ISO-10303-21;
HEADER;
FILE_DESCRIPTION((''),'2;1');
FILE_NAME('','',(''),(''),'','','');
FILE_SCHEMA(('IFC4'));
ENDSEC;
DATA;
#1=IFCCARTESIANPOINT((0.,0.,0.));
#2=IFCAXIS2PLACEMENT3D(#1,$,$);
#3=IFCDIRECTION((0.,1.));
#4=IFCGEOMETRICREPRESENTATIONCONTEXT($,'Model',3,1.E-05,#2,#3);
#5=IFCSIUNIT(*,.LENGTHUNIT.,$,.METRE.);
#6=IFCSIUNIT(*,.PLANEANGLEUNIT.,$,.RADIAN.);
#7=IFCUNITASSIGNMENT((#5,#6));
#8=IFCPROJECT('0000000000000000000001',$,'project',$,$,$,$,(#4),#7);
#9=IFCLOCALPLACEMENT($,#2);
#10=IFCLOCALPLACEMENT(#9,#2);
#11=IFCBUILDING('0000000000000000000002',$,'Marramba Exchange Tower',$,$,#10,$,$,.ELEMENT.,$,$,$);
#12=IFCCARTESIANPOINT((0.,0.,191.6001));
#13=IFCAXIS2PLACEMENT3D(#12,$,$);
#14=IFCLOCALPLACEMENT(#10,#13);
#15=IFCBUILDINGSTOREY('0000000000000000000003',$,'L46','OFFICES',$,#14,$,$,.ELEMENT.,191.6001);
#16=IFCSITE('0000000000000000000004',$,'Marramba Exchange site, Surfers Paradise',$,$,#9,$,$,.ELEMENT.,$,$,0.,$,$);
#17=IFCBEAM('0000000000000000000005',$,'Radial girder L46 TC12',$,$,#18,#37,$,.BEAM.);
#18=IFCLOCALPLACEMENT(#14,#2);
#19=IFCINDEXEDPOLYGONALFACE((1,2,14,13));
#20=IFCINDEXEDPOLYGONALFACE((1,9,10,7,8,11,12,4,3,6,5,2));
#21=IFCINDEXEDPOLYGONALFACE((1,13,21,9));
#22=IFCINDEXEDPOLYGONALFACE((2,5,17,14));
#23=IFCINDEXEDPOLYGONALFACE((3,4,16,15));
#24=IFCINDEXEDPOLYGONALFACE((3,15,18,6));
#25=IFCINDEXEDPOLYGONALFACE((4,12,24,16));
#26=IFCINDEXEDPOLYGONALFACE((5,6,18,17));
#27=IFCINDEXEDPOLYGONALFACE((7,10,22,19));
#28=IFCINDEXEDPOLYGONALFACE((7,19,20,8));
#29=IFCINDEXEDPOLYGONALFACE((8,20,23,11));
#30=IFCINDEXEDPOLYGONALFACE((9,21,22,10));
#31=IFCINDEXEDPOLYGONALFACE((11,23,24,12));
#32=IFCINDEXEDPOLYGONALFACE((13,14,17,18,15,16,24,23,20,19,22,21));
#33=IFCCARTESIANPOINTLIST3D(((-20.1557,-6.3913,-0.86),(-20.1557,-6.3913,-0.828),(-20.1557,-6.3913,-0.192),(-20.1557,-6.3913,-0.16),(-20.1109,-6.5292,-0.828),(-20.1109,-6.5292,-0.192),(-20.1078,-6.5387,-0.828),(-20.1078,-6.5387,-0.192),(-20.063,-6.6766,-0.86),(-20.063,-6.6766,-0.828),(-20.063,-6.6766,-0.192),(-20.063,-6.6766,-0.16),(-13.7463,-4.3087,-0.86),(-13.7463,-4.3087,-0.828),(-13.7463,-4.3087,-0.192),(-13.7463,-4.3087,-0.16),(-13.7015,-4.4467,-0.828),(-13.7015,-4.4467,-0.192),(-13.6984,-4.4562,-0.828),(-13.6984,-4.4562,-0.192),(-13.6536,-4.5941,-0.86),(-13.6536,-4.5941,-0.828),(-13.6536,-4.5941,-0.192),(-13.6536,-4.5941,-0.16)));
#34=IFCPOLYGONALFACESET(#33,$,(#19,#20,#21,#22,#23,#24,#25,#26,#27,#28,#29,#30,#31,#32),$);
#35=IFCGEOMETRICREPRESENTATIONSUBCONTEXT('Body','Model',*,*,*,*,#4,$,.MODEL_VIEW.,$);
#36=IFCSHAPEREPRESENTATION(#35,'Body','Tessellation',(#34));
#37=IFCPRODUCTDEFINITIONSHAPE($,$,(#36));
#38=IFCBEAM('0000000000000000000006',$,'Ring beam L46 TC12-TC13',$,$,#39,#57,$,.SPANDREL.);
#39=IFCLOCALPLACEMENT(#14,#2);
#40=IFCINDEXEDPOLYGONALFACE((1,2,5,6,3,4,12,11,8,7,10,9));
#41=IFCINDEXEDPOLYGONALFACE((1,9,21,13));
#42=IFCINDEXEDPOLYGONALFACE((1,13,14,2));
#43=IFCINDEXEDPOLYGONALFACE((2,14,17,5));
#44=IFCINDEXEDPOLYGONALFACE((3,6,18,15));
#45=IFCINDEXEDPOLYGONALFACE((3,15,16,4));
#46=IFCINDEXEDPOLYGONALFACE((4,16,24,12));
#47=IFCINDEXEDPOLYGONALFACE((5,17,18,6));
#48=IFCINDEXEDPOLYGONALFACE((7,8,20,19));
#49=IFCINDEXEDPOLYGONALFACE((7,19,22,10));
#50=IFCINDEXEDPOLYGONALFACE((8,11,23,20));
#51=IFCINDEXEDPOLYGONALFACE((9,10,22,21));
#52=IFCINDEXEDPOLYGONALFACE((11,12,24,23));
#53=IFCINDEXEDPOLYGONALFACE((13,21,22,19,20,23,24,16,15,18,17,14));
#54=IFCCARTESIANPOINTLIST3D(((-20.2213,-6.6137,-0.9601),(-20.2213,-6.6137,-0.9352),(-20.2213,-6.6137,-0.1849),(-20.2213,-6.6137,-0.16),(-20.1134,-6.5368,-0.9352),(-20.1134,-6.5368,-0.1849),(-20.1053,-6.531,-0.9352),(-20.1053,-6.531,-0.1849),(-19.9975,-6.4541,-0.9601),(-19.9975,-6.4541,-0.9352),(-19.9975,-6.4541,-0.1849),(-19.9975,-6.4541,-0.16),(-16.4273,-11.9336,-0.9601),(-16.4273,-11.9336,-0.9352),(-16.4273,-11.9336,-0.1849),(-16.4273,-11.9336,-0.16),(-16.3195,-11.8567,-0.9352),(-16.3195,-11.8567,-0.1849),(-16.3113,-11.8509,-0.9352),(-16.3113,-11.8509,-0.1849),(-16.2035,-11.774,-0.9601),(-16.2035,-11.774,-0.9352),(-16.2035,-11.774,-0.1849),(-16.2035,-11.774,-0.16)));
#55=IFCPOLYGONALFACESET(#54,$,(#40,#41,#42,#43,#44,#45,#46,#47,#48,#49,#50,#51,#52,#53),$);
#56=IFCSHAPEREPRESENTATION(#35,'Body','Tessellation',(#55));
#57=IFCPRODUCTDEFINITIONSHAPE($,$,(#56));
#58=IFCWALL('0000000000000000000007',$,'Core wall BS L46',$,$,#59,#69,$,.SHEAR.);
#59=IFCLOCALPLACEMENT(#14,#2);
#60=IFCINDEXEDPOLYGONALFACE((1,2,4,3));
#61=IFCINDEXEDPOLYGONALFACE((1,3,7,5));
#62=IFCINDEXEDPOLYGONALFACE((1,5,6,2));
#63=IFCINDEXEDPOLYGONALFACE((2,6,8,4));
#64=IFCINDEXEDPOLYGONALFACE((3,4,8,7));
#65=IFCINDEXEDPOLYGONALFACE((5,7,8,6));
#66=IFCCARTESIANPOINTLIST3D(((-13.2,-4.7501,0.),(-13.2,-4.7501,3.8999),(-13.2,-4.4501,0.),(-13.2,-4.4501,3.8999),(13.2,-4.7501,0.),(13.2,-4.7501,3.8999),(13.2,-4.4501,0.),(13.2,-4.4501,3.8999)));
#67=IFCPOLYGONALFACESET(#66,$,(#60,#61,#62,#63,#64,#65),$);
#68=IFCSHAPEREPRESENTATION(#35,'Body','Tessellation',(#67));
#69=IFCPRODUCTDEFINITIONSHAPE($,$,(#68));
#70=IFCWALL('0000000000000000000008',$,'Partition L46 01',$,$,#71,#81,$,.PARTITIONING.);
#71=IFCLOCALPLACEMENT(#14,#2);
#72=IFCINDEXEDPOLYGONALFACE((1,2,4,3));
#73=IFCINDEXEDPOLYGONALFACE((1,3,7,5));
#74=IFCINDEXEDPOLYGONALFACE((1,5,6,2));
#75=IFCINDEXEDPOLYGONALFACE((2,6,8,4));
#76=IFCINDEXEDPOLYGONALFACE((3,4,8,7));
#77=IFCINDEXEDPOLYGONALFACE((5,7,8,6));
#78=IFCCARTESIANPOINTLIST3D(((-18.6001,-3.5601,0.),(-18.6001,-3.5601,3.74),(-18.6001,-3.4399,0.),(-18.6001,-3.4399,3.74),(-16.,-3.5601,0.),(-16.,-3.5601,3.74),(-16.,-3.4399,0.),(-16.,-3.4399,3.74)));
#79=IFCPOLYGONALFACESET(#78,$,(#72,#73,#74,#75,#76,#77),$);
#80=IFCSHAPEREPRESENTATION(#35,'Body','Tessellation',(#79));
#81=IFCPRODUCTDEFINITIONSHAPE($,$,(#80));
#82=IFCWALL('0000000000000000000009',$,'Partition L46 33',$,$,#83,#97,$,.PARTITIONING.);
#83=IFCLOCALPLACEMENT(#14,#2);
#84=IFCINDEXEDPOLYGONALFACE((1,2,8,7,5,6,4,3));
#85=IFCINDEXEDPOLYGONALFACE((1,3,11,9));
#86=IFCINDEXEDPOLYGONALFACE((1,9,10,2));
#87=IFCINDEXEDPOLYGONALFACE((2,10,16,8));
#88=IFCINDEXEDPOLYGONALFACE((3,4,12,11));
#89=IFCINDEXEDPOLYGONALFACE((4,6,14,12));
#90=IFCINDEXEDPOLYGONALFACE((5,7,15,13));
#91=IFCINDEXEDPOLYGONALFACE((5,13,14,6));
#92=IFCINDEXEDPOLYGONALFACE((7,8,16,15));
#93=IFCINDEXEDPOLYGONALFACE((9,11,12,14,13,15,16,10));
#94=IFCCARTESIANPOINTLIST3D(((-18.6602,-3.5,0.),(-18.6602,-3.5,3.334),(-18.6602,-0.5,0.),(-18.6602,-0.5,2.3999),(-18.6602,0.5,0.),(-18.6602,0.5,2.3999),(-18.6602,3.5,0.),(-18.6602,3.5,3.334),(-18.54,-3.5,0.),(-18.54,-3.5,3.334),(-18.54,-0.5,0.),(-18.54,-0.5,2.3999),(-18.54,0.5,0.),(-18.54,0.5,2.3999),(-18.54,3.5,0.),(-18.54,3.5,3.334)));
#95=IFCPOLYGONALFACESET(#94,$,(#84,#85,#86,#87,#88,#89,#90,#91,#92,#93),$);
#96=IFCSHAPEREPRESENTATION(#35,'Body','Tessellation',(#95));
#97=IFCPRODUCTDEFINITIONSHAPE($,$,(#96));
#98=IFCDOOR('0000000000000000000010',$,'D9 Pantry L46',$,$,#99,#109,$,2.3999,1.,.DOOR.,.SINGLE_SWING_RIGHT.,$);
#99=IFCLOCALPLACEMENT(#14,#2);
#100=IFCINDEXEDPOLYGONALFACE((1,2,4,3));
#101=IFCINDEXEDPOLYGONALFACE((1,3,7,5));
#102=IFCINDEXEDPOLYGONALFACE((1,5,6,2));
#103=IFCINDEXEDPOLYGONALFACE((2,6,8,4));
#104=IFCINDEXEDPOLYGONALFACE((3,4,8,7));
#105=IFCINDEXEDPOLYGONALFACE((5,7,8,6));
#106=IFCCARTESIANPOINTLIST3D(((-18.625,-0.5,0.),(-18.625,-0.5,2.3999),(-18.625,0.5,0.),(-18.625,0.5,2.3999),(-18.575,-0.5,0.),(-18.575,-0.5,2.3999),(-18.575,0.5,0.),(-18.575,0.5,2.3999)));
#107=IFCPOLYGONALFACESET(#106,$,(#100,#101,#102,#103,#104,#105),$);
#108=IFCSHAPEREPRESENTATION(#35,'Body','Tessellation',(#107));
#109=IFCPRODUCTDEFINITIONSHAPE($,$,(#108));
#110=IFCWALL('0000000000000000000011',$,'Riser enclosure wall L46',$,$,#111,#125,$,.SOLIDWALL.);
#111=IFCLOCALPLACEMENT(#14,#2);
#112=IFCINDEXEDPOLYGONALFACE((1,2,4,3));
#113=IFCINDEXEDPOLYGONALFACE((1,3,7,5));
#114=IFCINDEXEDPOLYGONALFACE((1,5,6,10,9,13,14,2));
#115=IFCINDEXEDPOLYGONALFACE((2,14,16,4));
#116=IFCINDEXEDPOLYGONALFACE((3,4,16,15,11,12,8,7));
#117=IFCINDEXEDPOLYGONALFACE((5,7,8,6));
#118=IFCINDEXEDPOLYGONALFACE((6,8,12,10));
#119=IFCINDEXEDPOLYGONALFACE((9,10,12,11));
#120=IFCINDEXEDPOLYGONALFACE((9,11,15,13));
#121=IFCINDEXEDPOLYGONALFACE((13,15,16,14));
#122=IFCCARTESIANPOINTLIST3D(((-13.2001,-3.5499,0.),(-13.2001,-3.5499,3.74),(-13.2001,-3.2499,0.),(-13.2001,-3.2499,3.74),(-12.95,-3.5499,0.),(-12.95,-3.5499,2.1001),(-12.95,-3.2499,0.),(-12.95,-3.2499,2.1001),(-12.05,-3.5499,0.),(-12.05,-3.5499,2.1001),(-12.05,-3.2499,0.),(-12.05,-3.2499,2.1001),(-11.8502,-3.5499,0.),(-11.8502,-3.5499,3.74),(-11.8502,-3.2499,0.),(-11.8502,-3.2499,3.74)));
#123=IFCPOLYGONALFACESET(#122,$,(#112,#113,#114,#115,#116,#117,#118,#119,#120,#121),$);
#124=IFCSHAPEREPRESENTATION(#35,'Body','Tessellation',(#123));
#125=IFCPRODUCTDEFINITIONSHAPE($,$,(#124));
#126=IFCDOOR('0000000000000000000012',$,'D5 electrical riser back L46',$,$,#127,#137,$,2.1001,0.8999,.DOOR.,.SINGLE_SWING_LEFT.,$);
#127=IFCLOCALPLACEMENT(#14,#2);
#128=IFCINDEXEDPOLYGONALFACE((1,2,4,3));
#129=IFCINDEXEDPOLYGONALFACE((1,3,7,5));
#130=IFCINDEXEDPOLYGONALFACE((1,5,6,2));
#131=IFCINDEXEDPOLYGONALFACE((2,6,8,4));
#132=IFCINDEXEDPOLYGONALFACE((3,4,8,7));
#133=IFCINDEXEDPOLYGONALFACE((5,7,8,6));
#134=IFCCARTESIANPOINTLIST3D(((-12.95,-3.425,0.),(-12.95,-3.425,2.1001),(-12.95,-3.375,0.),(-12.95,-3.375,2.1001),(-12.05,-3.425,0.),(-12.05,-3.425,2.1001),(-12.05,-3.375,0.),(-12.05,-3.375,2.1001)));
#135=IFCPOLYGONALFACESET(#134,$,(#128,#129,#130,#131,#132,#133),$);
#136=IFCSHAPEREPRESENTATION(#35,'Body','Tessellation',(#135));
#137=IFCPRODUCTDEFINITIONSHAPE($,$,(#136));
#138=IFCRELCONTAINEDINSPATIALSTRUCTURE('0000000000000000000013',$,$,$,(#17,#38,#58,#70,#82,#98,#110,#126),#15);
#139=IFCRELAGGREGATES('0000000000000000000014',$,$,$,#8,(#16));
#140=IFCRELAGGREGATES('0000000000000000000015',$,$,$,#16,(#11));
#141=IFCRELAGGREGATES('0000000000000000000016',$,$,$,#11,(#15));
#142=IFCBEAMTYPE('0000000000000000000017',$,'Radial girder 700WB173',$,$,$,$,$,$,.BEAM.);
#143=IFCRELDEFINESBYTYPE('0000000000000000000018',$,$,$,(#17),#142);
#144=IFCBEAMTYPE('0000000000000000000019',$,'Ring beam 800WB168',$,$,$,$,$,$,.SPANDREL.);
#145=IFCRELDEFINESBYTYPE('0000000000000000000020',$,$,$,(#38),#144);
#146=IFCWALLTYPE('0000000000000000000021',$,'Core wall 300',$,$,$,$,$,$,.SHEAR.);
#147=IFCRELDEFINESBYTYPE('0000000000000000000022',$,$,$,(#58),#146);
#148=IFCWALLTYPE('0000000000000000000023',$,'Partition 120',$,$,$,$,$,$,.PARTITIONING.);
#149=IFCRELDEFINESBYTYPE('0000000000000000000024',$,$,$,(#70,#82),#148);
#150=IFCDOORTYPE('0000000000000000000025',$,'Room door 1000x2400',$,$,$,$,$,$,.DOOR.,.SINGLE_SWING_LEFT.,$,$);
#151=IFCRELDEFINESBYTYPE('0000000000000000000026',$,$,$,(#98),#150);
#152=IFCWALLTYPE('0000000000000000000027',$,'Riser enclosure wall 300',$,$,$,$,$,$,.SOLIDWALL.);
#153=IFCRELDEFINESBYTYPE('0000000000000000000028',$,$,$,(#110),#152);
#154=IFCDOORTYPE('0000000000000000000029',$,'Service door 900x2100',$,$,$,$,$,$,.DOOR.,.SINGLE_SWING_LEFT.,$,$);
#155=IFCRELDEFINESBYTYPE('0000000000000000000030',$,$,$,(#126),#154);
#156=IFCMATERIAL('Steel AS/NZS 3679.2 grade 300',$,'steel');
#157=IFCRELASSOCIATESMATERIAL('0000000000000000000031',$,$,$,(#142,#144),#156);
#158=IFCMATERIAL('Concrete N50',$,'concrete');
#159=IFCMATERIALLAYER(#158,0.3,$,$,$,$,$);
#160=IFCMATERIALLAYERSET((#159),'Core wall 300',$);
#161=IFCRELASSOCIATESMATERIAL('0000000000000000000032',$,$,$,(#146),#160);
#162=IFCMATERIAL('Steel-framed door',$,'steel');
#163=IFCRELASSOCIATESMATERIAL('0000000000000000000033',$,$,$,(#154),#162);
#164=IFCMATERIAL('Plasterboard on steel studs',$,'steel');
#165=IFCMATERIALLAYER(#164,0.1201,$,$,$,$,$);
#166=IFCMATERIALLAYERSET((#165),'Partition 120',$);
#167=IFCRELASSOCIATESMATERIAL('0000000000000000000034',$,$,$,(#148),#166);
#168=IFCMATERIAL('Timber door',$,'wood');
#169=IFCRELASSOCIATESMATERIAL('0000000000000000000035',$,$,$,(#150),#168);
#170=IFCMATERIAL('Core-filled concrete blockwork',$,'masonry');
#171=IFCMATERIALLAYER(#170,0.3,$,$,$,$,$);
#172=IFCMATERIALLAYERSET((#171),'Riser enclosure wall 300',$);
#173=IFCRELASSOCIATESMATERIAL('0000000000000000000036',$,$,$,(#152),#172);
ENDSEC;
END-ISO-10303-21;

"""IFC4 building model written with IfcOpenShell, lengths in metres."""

from ifc_helpers import new_model, si_unit, direction, frame, frame_2d, origin, origin_2d, place, context, subcontext, project, spatial, rectangle, i_section, extrude, material, layer, layer_set, material_profile, profile_set, type_object, element, fill, save


model = new_model("IFC4")

# Units and contexts
model_context = context("Model", 3, precision=1e-05, world=origin(), true_north=direction((0.0, 1.0)))
body_context = subcontext(model_context, "Body", "Model", "MODEL_VIEW")
ifc_project = project(units=[si_unit("LENGTHUNIT", "METRE"), si_unit("PLANEANGLEUNIT", "RADIAN")], contexts=[model_context])

# Site, building, storey
site_placement = place(None, origin())
site = spatial("IfcSite", under=ifc_project, at=site_placement, Name="Marramba Exchange site, Surfers Paradise", CompositionType="ELEMENT", RefElevation=0.0)
building_placement = place(site_placement, origin())
building = spatial("IfcBuilding", under=site, at=building_placement, Name="Marramba Exchange Tower", CompositionType="ELEMENT")
storey_placement = place(building_placement, frame((0.0, 0.0, 191.6001)))
storey = spatial("IfcBuildingStorey", under=building, at=storey_placement, Name="L46", Description="OFFICES", CompositionType="ELEMENT", Elevation=191.6001)

# Shared definitions
ifc_material_1 = material(Name="Concrete N50", Category="concrete")

# Beams
ifc_material_2 = material(Name="Steel AS/NZS 3679.2 grade 300", Category="steel")
ifc_material_profile_1 = material_profile(ifc_material_2, i_section(OverallWidth=0.3, OverallDepth=0.7, WebThickness=0.01, FlangeThickness=0.032, at=origin_2d()), Name="700WB173")
ifc_profile_set_1 = profile_set([ifc_material_profile_1], Name="Steel AS/NZS 3679.2 grade 300")
beam_type_1 = type_object("IfcBeamType", Name="Radial girder 700WB173", PredefinedType="BEAM", material=ifc_profile_set_1)
beam_1_placement = place(storey_placement, frame((-13.7, -4.4514, -0.51), z_axis=(-0.951058, -0.309013, 0.0), x_axis=(0.309013, -0.951058, 0.0)))
element("IfcBeam", 1, at=beam_1_placement, inside=storey, type_object=beam_type_1, Name="Radial girder L46 TC12", PredefinedType="BEAM", context=body_context, shape_type="SweptSolid", body=[
    extrude(i_section(OverallWidth=0.3, OverallDepth=0.7, WebThickness=0.01, FlangeThickness=0.032, at=origin_2d()), origin(), (0.0, 0.0, 1.0), 6.7393),
])
ifc_material_profile_2 = material_profile(ifc_material_2, i_section(OverallWidth=0.2749, OverallDepth=0.8, WebThickness=0.01, FlangeThickness=0.0249, at=origin_2d()), Name="800WB168")
ifc_profile_set_2 = profile_set([ifc_material_profile_2], Name="Steel AS/NZS 3679.2 grade 300")
beam_type_2 = type_object("IfcBeamType", Name="Ring beam 800WB168", PredefinedType="SPANDREL", material=ifc_profile_set_2)
beam_2_placement = place(storey_placement, frame((-20.1094, -6.5339, -0.5601), z_axis=(0.580637, -0.814162, 0.0), x_axis=(0.814162, 0.580637, 0.0)))
element("IfcBeam", 2, at=beam_2_placement, inside=storey, type_object=beam_type_2, Name="Ring beam L46 TC12-TC13", PredefinedType="SPANDREL", context=body_context, shape_type="SweptSolid", body=[
    extrude(i_section(OverallWidth=0.2749, OverallDepth=0.8, WebThickness=0.01, FlangeThickness=0.0249, at=origin_2d()), origin(), (0.0, 0.0, 1.0), 6.5342),
])

# Shared definitions
ifc_layer_1 = layer(ifc_material_1, 0.3)
ifc_layer_set_1 = layer_set([ifc_layer_1], Name="Core wall 300")
wall_type_1 = type_object("IfcWallType", Name="Core wall 300", PredefinedType="SHEAR", material=ifc_layer_set_1)
ifc_material_3 = material(Name="Steel-framed door", Category="steel")
door_type_1 = type_object("IfcDoorType", Name="Service door 900x2100", OperationType="SINGLE_SWING_LEFT", PredefinedType="DOOR", material=ifc_material_3)

# Walls
wall_1_placement = place(storey_placement, frame((-13.2, -4.6001, 0.0), z_axis=(0.0, 0.0, 1.0), x_axis=(1.0, 0.0, 0.0)))
element("IfcWall", 3, at=wall_1_placement, inside=storey, type_object=wall_type_1, Name="Core wall BS L46", PredefinedType="SHEAR", context=body_context, shape_type="SweptSolid", body=[
    extrude(rectangle(XDim=26.3999, YDim=0.3, at=frame_2d((13.2, 0.0))), origin(), (0.0, 0.0, 1.0), 3.8999),
])
ifc_material_4 = material(Name="Plasterboard on steel studs", Category="steel")
ifc_layer_2 = layer(ifc_material_4, 0.1201)
ifc_layer_set_2 = layer_set([ifc_layer_2], Name="Partition 120")
wall_type_2 = type_object("IfcWallType", Name="Partition 120", PredefinedType="PARTITIONING", material=ifc_layer_set_2)
wall_2_placement = place(storey_placement, frame((-16.0, -3.5, 0.0), z_axis=(0.0, 0.0, 1.0), x_axis=(-1.0, 0.0, 0.0)))
element("IfcWall", 4, at=wall_2_placement, inside=storey, type_object=wall_type_2, Name="Partition L46 01", PredefinedType="PARTITIONING", context=body_context, shape_type="SweptSolid", body=[
    extrude(rectangle(XDim=2.6001, YDim=0.1201, at=frame_2d((1.3, 0.0))), origin(), (0.0, 0.0, 1.0), 3.74),
])

# Walls, openings, doors
wall_3_placement = place(storey_placement, frame((-18.6001, -3.5, 0.0), z_axis=(0.0, 0.0, 1.0), x_axis=(0.0, 1.0, 0.0)))
wall_3 = element("IfcWall", 5, at=wall_3_placement, inside=storey, type_object=wall_type_2, Name="Partition L46 33", PredefinedType="PARTITIONING", context=body_context, shape_type="SweptSolid", body=[
    extrude(rectangle(XDim=7.0, YDim=0.1201, at=frame_2d((3.5, 0.0))), origin(), (0.0, 0.0, 1.0), 3.334),
])
opening_1_placement = place(wall_3_placement, frame((3.0, 0.0, 0.0)))
opening_1 = element("IfcOpeningElement", 6, at=opening_1_placement, cuts=wall_3, PredefinedType="OPENING", context=body_context, shape_type="SweptSolid", body=[
    extrude(rectangle(XDim=1.0, YDim=2.3999, at=frame_2d((0.5, 1.2))), frame((0.0, 0.0701, 0.0), z_axis=(0.0, -1.0, 0.0), x_axis=(1.0, 0.0, 0.0)), (0.0, 0.0, 1.0), 0.1401),
])
ifc_material_5 = material(Name="Timber door", Category="wood")
door_type_2 = type_object("IfcDoorType", Name="Room door 1000x2400", OperationType="SINGLE_SWING_LEFT", PredefinedType="DOOR", material=ifc_material_5)
door_1_placement = place(opening_1_placement, frame((1.0, 0.0, 0.0), z_axis=(0.0, 0.0, 1.0), x_axis=(-1.0, 0.0, 0.0)))
door_1 = element("IfcDoor", 7, at=door_1_placement, inside=storey, type_object=door_type_2, Name="D9 Pantry L46", OperationType="SINGLE_SWING_RIGHT", OverallHeight=2.3999, OverallWidth=1.0, PredefinedType="DOOR", context=body_context, shape_type="SweptSolid", body=[
    extrude(rectangle(XDim=1.0, YDim=2.3999, at=frame_2d((0.5, 1.2))), frame((0.0, 0.0251, 0.0), z_axis=(0.0, -1.0, 0.0), x_axis=(1.0, 0.0, 0.0)), (0.0, 0.0, 1.0), 0.05),
])
fill(opening_1, door_1)
ifc_material_6 = material(Name="Core-filled concrete blockwork", Category="masonry")
ifc_layer_3 = layer(ifc_material_6, 0.3)
ifc_layer_set_3 = layer_set([ifc_layer_3], Name="Riser enclosure wall 300")
wall_type_3 = type_object("IfcWallType", Name="Riser enclosure wall 300", PredefinedType="SOLIDWALL", material=ifc_layer_set_3)
wall_4_placement = place(storey_placement, frame((-13.2, -3.3999, 0.0), z_axis=(0.0, 0.0, 1.0), x_axis=(1.0, 0.0, 0.0)))
wall_4 = element("IfcWall", 8, at=wall_4_placement, inside=storey, type_object=wall_type_3, Name="Riser enclosure wall L46", PredefinedType="SOLIDWALL", context=body_context, shape_type="SweptSolid", body=[
    extrude(rectangle(XDim=1.3499, YDim=0.3, at=frame_2d((0.6748, 0.0))), origin(), (0.0, 0.0, 1.0), 3.74),
])
opening_2_placement = place(wall_4_placement, frame((0.25, 0.0, 0.0)))
opening_2 = element("IfcOpeningElement", 9, at=opening_2_placement, cuts=wall_4, PredefinedType="OPENING", context=body_context, shape_type="SweptSolid", body=[
    extrude(rectangle(XDim=0.8999, YDim=2.1001, at=frame_2d((0.45, 1.05))), frame((0.0, 0.1599, 0.0), z_axis=(0.0, -1.0, 0.0), x_axis=(1.0, 0.0, 0.0)), (0.0, 0.0, 1.0), 0.3201),
])
door_2_placement = place(opening_2_placement, frame((0.8999, 0.0, 0.0), z_axis=(0.0, 0.0, 1.0), x_axis=(-1.0, 0.0, 0.0)))
door_2 = element("IfcDoor", 10, at=door_2_placement, inside=storey, type_object=door_type_1, Name="D5 electrical riser back L46", OperationType="SINGLE_SWING_LEFT", OverallHeight=2.1001, OverallWidth=0.8999, PredefinedType="DOOR", context=body_context, shape_type="SweptSolid", body=[
    extrude(rectangle(XDim=0.8999, YDim=2.1001, at=frame_2d((0.45, 1.05))), frame((0.0, 0.0251, 0.0), z_axis=(0.0, -1.0, 0.0), x_axis=(1.0, 0.0, 0.0)), (0.0, 0.0, 1.0), 0.05),
])
fill(opening_2, door_2)

save(model, "model.ifc")
